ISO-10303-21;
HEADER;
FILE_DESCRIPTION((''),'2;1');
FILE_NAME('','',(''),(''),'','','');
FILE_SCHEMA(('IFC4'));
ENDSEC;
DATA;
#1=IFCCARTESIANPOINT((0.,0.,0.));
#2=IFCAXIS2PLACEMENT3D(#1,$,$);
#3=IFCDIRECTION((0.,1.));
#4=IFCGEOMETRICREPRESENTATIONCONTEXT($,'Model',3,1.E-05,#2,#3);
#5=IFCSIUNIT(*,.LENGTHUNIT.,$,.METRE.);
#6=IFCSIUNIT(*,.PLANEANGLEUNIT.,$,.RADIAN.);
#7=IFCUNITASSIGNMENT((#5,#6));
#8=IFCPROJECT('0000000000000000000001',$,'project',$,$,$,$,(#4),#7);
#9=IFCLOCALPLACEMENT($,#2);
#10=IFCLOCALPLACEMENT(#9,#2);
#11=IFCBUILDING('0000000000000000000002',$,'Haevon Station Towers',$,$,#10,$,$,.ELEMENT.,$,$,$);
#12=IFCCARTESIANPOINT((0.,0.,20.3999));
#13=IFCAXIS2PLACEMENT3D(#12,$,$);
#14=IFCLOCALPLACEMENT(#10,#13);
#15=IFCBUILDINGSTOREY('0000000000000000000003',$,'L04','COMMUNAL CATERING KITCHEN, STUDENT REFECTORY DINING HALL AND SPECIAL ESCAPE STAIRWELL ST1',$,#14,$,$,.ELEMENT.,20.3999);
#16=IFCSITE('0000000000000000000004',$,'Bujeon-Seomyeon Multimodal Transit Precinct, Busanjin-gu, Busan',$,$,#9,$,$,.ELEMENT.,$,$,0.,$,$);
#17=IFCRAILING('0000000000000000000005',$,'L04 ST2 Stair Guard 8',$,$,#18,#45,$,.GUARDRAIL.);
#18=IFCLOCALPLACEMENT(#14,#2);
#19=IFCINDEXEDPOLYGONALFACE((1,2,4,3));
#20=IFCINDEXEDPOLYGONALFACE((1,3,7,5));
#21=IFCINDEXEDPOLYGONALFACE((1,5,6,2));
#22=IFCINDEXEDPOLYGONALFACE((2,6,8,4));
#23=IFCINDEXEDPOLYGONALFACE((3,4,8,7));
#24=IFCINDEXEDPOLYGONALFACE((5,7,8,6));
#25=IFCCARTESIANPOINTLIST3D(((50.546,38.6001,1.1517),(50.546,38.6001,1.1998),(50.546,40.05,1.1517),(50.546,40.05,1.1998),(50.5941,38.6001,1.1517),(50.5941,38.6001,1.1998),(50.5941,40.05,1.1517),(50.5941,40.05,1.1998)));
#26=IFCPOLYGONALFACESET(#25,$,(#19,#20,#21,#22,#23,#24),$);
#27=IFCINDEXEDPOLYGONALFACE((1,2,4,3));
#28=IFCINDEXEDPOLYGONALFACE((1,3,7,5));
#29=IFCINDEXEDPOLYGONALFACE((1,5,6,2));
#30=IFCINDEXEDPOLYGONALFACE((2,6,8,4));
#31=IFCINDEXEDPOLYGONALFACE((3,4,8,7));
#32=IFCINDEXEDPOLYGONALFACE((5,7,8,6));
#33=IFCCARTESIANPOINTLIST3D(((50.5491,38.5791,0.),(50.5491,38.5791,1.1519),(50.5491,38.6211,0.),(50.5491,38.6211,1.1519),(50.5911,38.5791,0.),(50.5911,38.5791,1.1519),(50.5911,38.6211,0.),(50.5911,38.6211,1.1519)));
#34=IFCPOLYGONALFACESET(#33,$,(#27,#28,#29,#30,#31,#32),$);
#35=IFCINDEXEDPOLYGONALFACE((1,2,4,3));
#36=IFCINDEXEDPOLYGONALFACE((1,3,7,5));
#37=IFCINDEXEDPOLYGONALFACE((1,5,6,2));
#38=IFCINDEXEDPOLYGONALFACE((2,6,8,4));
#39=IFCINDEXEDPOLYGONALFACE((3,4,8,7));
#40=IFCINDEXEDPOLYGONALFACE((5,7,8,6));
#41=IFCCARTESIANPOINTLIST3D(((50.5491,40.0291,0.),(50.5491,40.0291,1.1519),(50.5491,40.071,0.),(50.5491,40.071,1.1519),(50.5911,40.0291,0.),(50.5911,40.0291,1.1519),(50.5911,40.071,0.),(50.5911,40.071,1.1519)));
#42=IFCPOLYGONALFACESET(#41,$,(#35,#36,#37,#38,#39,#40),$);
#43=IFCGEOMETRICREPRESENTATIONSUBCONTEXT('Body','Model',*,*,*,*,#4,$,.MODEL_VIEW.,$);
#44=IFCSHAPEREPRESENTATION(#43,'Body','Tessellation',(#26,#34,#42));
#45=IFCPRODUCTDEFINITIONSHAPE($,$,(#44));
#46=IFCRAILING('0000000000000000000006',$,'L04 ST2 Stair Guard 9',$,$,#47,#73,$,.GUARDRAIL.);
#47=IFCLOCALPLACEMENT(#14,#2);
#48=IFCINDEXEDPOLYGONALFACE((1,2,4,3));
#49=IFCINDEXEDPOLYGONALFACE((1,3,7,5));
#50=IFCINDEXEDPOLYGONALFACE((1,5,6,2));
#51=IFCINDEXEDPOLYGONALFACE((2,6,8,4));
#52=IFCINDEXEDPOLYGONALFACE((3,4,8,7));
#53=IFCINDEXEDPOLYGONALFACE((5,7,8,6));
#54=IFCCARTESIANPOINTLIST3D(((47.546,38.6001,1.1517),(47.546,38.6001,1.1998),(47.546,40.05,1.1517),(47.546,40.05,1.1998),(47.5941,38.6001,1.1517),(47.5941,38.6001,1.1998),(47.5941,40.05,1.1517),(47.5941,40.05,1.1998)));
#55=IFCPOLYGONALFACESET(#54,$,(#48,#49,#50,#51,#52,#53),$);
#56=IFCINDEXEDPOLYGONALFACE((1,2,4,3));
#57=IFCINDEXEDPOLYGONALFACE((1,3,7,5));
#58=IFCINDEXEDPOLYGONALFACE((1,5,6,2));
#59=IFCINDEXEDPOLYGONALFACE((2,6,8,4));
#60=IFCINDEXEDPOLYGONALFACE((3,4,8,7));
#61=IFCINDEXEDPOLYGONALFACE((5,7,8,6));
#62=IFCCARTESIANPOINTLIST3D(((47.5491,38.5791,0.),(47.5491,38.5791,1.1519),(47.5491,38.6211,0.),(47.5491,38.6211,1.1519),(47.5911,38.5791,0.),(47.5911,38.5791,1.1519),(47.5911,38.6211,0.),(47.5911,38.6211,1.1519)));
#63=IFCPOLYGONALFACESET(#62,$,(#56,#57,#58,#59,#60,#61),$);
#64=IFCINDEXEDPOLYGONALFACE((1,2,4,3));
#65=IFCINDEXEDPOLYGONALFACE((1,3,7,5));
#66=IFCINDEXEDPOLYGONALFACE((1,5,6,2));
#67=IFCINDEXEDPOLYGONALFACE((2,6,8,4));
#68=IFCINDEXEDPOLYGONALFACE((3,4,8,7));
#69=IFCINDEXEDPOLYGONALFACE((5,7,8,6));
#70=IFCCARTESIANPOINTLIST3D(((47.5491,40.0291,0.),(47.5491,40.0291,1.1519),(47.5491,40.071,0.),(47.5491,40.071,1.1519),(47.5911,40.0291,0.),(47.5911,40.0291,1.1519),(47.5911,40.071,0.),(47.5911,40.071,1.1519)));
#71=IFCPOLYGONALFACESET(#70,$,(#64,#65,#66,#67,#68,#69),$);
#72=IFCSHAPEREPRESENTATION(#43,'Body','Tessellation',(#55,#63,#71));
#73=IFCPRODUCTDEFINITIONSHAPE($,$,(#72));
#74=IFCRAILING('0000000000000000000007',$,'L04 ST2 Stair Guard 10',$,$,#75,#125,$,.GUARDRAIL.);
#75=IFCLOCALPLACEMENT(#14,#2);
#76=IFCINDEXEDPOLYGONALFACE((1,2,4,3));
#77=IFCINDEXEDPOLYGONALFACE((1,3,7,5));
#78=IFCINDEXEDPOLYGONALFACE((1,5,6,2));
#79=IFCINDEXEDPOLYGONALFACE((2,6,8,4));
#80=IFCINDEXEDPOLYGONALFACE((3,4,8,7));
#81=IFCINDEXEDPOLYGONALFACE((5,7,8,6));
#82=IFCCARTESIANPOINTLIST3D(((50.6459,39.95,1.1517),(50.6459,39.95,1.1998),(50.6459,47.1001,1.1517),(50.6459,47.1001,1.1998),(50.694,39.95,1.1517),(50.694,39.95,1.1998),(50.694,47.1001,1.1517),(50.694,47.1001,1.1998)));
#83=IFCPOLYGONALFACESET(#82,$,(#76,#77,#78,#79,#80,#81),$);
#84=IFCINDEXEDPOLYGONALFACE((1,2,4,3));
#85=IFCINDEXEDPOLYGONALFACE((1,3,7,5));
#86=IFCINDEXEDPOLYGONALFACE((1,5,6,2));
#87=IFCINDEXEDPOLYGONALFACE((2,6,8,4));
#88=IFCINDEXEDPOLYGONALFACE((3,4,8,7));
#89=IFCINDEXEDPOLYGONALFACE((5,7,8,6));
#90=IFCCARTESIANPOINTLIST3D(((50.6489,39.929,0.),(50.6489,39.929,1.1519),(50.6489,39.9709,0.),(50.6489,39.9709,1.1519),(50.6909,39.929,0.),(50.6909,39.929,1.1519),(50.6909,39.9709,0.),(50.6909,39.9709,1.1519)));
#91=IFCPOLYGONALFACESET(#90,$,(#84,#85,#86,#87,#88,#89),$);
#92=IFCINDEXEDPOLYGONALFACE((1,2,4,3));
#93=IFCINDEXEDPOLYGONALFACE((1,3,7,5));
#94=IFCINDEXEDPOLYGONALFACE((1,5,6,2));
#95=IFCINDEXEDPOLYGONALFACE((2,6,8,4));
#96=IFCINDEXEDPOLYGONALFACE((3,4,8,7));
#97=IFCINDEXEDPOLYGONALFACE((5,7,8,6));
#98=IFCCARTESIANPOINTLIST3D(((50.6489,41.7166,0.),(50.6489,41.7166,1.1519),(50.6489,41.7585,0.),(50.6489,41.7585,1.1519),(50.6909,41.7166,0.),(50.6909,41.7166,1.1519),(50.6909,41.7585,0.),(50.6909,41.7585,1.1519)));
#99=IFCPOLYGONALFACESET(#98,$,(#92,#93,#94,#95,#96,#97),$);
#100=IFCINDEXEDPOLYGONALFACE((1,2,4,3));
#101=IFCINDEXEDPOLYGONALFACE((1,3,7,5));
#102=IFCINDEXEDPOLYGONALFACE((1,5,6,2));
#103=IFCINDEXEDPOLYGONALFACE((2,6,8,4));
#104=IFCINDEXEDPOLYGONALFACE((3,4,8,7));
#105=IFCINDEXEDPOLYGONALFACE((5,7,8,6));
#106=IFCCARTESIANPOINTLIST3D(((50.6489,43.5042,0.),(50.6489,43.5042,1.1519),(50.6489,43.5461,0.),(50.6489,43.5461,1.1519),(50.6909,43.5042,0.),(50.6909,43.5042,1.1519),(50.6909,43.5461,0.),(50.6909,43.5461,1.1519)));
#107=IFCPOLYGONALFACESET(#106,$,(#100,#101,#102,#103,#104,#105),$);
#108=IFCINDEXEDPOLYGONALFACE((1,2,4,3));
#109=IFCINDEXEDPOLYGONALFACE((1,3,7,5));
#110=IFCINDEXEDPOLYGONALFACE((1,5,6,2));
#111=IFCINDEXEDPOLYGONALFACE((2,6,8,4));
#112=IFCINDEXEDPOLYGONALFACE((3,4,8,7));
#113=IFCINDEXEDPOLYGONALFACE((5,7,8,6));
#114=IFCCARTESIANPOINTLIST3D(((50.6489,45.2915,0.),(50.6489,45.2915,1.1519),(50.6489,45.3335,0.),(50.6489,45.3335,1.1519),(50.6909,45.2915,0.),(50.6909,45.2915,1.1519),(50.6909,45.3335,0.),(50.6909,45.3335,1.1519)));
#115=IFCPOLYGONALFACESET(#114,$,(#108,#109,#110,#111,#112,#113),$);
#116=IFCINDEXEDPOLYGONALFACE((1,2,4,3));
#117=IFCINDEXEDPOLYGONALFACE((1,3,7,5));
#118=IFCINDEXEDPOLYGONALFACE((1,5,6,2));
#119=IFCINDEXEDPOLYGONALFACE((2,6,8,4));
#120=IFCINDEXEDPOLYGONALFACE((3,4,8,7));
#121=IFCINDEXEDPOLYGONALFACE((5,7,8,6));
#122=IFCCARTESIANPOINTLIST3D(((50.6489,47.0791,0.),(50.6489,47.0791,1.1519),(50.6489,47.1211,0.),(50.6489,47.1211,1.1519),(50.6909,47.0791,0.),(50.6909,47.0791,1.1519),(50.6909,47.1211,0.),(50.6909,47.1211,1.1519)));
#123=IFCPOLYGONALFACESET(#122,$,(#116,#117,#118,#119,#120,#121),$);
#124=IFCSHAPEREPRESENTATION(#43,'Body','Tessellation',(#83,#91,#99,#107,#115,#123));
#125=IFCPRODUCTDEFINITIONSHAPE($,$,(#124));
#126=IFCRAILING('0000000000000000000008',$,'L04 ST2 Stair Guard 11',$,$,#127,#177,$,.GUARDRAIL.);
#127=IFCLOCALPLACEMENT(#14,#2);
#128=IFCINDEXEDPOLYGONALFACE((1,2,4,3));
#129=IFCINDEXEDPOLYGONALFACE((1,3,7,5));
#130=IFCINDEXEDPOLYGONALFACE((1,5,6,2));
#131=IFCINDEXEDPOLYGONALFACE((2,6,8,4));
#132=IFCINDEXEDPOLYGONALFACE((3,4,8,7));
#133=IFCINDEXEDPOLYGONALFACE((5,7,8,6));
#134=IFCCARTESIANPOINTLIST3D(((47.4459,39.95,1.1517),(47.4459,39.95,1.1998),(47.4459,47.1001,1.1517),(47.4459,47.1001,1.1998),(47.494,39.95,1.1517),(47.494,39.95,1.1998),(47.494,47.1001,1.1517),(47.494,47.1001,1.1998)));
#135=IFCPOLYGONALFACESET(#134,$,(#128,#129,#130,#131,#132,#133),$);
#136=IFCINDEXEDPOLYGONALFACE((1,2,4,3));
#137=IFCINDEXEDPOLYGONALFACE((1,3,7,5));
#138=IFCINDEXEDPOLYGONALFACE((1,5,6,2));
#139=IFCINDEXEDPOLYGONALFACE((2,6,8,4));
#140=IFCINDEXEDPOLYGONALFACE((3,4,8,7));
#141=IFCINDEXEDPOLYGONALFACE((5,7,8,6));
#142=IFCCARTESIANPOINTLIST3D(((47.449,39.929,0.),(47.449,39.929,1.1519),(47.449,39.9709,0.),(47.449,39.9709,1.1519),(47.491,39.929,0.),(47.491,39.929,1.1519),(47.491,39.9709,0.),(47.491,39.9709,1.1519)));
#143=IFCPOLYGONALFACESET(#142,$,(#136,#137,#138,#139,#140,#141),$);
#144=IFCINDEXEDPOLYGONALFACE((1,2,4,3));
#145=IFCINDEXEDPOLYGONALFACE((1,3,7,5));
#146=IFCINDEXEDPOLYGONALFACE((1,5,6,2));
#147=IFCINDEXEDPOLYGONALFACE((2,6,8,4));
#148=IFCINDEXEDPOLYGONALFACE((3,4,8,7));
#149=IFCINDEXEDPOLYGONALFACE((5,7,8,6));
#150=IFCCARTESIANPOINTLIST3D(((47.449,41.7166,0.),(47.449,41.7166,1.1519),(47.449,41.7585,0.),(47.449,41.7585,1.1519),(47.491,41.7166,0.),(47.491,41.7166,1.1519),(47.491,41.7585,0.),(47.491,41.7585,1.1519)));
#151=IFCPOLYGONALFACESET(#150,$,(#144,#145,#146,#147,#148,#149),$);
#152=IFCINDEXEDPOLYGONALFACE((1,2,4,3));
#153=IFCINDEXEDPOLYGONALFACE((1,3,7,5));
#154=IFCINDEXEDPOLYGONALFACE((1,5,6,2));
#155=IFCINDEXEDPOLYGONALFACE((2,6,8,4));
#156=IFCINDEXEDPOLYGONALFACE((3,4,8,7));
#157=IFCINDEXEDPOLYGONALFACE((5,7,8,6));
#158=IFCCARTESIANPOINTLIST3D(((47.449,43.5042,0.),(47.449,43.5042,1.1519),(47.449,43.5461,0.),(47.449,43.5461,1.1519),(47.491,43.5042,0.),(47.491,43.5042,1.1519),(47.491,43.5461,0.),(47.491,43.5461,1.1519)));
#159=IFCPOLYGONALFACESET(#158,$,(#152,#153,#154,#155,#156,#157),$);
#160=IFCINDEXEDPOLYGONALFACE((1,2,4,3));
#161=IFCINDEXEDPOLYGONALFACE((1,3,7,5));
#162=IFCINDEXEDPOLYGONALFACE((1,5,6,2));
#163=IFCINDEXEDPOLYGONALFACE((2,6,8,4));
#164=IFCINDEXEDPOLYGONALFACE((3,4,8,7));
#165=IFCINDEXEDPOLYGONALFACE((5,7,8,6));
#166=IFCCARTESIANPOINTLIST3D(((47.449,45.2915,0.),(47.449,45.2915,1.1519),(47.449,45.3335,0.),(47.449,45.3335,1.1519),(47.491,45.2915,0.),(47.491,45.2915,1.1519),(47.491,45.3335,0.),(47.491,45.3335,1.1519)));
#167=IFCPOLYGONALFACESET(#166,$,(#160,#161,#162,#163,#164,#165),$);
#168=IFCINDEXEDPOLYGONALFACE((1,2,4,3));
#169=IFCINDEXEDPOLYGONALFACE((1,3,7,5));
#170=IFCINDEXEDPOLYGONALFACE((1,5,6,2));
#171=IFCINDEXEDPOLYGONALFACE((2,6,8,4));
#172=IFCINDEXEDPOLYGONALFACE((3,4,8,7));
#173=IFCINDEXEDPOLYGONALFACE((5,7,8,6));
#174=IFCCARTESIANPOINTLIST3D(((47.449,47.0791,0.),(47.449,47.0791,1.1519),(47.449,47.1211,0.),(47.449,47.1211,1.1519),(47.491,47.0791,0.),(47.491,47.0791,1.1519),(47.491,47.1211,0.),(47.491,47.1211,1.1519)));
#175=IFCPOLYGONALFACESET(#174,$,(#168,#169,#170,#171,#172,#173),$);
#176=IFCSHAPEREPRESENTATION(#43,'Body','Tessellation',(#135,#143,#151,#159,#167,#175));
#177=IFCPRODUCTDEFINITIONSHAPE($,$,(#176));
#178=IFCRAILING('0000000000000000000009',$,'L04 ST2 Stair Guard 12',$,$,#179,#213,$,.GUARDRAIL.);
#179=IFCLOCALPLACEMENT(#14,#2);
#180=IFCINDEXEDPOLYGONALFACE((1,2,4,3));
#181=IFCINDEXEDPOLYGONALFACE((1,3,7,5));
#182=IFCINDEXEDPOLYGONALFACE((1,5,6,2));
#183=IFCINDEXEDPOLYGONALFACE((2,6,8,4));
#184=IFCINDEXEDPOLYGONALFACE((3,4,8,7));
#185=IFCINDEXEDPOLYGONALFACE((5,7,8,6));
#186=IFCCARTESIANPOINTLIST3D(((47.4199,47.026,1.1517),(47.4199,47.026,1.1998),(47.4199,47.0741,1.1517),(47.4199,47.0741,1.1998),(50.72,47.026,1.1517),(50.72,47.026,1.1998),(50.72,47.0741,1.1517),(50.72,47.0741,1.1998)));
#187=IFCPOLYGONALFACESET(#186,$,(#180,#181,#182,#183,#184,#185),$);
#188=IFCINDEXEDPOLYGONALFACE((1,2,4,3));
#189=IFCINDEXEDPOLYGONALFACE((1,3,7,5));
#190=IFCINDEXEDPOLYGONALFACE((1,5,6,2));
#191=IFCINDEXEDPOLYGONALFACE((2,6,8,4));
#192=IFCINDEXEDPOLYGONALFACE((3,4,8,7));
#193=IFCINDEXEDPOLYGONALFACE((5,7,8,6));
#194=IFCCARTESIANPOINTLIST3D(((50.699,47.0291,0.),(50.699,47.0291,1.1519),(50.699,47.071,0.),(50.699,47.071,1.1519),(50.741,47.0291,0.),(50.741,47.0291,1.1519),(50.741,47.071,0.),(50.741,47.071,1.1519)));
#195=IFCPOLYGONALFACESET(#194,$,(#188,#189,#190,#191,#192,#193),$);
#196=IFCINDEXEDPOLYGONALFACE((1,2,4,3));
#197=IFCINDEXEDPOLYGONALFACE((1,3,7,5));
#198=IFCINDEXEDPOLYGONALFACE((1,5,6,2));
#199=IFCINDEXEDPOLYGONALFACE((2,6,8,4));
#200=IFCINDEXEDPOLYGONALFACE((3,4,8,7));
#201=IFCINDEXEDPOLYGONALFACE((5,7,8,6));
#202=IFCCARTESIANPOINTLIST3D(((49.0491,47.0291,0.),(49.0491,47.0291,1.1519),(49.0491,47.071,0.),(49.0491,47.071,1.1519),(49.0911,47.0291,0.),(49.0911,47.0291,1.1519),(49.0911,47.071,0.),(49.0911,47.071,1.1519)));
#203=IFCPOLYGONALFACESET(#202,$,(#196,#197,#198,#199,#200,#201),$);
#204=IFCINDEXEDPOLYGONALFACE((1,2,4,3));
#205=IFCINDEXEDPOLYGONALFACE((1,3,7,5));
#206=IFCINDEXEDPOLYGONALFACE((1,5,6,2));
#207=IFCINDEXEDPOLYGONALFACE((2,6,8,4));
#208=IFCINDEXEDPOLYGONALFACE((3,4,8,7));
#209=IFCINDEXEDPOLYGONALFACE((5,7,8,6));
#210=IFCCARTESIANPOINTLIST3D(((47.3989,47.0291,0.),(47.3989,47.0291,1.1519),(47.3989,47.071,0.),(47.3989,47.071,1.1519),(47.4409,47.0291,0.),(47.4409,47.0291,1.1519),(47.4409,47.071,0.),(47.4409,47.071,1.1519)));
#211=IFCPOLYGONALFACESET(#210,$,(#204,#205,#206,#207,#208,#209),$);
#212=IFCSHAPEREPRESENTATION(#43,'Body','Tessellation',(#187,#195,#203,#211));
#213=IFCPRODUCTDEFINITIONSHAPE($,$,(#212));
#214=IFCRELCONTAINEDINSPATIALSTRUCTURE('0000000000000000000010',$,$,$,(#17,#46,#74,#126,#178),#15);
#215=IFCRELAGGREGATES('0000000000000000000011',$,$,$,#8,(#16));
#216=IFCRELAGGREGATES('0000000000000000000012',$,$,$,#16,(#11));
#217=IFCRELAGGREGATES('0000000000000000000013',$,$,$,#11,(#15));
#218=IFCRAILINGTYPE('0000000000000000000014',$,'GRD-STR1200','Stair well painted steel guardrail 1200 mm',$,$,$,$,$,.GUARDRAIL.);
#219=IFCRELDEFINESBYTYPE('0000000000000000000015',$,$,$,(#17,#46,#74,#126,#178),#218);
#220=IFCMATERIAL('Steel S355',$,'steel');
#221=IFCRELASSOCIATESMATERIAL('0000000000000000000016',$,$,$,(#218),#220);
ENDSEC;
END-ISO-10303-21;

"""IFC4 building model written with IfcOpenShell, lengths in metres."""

from ifc_helpers import new_model, si_unit, direction, frame, origin, origin_2d, place, context, subcontext, project, spatial, rectangle, extrude, material, type_object, element, save


model = new_model("IFC4")

# Units and contexts
model_context = context("Model", 3, precision=1e-05, world=origin(), true_north=direction((0.0, 1.0)))
body_context = subcontext(model_context, "Body", "Model", "MODEL_VIEW")
ifc_project = project(units=[si_unit("LENGTHUNIT", "METRE"), si_unit("PLANEANGLEUNIT", "RADIAN")], contexts=[model_context])

# Site, building, storey
site_placement = place(None, origin())
site = spatial("IfcSite", under=ifc_project, at=site_placement, Name="Bujeon-Seomyeon Multimodal Transit Precinct, Busanjin-gu, Busan", CompositionType="ELEMENT", RefElevation=0.0)
building_placement = place(site_placement, origin())
building = spatial("IfcBuilding", under=site, at=building_placement, Name="Haevon Station Towers", CompositionType="ELEMENT")
storey_placement = place(building_placement, frame((0.0, 0.0, 20.3999)))
storey = spatial("IfcBuildingStorey", under=building, at=storey_placement, Name="L04", Description="COMMUNAL CATERING KITCHEN, STUDENT REFECTORY DINING HALL AND SPECIAL ESCAPE STAIRWELL ST1", CompositionType="ELEMENT", Elevation=20.3999)

# Shared definitions
ifc_material_1 = material(Name="Steel S355", Category="steel")

# Railings
railing_type_1 = type_object("IfcRailingType", Name="GRD-STR1200", Description="Stair well painted steel guardrail 1200 mm", PredefinedType="GUARDRAIL", material=ifc_material_1)
for number, where, name in (
    (1, (50.5701, 38.6001, 0.0), "L04 ST2 Stair Guard 8"),
    (2, (47.5701, 38.6001, 0.0), "L04 ST2 Stair Guard 9"),
):
    element("IfcRailing", number, at=place(storey_placement, frame(where)), inside=storey, type_object=railing_type_1, Name=name, PredefinedType="GUARDRAIL", context=body_context, shape_type="SweptSolid", body=[
        extrude(rectangle(XDim=0.0481, YDim=0.0481, at=origin_2d()), frame((0.0, 0.0, 1.1758), z_axis=(0.0, 1.0, 0.0), x_axis=(-1.0, 0.0, 0.0)), (0.0, 0.0, 1.0), 1.45),
        extrude(rectangle(XDim=0.042, YDim=0.042, at=origin_2d()), origin(), (0.0, 0.0, 1.0), 1.1519),
        extrude(rectangle(XDim=0.042, YDim=0.042, at=origin_2d()), frame((0.0, 1.45, 0.0)), (0.0, 0.0, 1.0), 1.1519),
    ])
for number, where, name in (
    (3, (50.6699, 39.95, 0.0), "L04 ST2 Stair Guard 10"),
    (4, (47.47, 39.95, 0.0), "L04 ST2 Stair Guard 11"),
):
    element("IfcRailing", number, at=place(storey_placement, frame(where)), inside=storey, type_object=railing_type_1, Name=name, PredefinedType="GUARDRAIL", context=body_context, shape_type="SweptSolid", body=[
        extrude(rectangle(XDim=0.0481, YDim=0.0481, at=origin_2d()), frame((0.0, 0.0, 1.1758), z_axis=(0.0, 1.0, 0.0), x_axis=(-1.0, 0.0, 0.0)), (0.0, 0.0, 1.0), 7.1501),
        extrude(rectangle(XDim=0.042, YDim=0.042, at=origin_2d()), origin(), (0.0, 0.0, 1.0), 1.1519),
        extrude(rectangle(XDim=0.042, YDim=0.042, at=origin_2d()), frame((0.0, 1.7876, 0.0)), (0.0, 0.0, 1.0), 1.1519),
        extrude(rectangle(XDim=0.042, YDim=0.042, at=origin_2d()), frame((0.0, 3.5752, 0.0)), (0.0, 0.0, 1.0), 1.1519),
        extrude(rectangle(XDim=0.042, YDim=0.042, at=origin_2d()), frame((0.0, 5.3625, 0.0)), (0.0, 0.0, 1.0), 1.1519),
        extrude(rectangle(XDim=0.042, YDim=0.042, at=origin_2d()), frame((0.0, 7.1501, 0.0)), (0.0, 0.0, 1.0), 1.1519),
    ])
railing_1_placement = place(storey_placement, frame((50.72, 47.05, 0.0)))
element("IfcRailing", 5, at=railing_1_placement, inside=storey, type_object=railing_type_1, Name="L04 ST2 Stair Guard 12", PredefinedType="GUARDRAIL", context=body_context, shape_type="SweptSolid", body=[
    extrude(rectangle(XDim=0.0481, YDim=0.0481, at=origin_2d()), frame((0.0, 0.0, 1.1758), z_axis=(-1.0, 0.0, 0.0), x_axis=(0.0, -1.0, 0.0)), (0.0, 0.0, 1.0), 3.3),
    extrude(rectangle(XDim=0.042, YDim=0.042, at=origin_2d()), origin(), (0.0, 0.0, 1.0), 1.1519),
    extrude(rectangle(XDim=0.042, YDim=0.042, at=origin_2d()), frame((-1.6499, 0.0, 0.0)), (0.0, 0.0, 1.0), 1.1519),
    extrude(rectangle(XDim=0.042, YDim=0.042, at=origin_2d()), frame((-3.3, 0.0, 0.0)), (0.0, 0.0, 1.0), 1.1519),
])

save(model, "model.ifc")
